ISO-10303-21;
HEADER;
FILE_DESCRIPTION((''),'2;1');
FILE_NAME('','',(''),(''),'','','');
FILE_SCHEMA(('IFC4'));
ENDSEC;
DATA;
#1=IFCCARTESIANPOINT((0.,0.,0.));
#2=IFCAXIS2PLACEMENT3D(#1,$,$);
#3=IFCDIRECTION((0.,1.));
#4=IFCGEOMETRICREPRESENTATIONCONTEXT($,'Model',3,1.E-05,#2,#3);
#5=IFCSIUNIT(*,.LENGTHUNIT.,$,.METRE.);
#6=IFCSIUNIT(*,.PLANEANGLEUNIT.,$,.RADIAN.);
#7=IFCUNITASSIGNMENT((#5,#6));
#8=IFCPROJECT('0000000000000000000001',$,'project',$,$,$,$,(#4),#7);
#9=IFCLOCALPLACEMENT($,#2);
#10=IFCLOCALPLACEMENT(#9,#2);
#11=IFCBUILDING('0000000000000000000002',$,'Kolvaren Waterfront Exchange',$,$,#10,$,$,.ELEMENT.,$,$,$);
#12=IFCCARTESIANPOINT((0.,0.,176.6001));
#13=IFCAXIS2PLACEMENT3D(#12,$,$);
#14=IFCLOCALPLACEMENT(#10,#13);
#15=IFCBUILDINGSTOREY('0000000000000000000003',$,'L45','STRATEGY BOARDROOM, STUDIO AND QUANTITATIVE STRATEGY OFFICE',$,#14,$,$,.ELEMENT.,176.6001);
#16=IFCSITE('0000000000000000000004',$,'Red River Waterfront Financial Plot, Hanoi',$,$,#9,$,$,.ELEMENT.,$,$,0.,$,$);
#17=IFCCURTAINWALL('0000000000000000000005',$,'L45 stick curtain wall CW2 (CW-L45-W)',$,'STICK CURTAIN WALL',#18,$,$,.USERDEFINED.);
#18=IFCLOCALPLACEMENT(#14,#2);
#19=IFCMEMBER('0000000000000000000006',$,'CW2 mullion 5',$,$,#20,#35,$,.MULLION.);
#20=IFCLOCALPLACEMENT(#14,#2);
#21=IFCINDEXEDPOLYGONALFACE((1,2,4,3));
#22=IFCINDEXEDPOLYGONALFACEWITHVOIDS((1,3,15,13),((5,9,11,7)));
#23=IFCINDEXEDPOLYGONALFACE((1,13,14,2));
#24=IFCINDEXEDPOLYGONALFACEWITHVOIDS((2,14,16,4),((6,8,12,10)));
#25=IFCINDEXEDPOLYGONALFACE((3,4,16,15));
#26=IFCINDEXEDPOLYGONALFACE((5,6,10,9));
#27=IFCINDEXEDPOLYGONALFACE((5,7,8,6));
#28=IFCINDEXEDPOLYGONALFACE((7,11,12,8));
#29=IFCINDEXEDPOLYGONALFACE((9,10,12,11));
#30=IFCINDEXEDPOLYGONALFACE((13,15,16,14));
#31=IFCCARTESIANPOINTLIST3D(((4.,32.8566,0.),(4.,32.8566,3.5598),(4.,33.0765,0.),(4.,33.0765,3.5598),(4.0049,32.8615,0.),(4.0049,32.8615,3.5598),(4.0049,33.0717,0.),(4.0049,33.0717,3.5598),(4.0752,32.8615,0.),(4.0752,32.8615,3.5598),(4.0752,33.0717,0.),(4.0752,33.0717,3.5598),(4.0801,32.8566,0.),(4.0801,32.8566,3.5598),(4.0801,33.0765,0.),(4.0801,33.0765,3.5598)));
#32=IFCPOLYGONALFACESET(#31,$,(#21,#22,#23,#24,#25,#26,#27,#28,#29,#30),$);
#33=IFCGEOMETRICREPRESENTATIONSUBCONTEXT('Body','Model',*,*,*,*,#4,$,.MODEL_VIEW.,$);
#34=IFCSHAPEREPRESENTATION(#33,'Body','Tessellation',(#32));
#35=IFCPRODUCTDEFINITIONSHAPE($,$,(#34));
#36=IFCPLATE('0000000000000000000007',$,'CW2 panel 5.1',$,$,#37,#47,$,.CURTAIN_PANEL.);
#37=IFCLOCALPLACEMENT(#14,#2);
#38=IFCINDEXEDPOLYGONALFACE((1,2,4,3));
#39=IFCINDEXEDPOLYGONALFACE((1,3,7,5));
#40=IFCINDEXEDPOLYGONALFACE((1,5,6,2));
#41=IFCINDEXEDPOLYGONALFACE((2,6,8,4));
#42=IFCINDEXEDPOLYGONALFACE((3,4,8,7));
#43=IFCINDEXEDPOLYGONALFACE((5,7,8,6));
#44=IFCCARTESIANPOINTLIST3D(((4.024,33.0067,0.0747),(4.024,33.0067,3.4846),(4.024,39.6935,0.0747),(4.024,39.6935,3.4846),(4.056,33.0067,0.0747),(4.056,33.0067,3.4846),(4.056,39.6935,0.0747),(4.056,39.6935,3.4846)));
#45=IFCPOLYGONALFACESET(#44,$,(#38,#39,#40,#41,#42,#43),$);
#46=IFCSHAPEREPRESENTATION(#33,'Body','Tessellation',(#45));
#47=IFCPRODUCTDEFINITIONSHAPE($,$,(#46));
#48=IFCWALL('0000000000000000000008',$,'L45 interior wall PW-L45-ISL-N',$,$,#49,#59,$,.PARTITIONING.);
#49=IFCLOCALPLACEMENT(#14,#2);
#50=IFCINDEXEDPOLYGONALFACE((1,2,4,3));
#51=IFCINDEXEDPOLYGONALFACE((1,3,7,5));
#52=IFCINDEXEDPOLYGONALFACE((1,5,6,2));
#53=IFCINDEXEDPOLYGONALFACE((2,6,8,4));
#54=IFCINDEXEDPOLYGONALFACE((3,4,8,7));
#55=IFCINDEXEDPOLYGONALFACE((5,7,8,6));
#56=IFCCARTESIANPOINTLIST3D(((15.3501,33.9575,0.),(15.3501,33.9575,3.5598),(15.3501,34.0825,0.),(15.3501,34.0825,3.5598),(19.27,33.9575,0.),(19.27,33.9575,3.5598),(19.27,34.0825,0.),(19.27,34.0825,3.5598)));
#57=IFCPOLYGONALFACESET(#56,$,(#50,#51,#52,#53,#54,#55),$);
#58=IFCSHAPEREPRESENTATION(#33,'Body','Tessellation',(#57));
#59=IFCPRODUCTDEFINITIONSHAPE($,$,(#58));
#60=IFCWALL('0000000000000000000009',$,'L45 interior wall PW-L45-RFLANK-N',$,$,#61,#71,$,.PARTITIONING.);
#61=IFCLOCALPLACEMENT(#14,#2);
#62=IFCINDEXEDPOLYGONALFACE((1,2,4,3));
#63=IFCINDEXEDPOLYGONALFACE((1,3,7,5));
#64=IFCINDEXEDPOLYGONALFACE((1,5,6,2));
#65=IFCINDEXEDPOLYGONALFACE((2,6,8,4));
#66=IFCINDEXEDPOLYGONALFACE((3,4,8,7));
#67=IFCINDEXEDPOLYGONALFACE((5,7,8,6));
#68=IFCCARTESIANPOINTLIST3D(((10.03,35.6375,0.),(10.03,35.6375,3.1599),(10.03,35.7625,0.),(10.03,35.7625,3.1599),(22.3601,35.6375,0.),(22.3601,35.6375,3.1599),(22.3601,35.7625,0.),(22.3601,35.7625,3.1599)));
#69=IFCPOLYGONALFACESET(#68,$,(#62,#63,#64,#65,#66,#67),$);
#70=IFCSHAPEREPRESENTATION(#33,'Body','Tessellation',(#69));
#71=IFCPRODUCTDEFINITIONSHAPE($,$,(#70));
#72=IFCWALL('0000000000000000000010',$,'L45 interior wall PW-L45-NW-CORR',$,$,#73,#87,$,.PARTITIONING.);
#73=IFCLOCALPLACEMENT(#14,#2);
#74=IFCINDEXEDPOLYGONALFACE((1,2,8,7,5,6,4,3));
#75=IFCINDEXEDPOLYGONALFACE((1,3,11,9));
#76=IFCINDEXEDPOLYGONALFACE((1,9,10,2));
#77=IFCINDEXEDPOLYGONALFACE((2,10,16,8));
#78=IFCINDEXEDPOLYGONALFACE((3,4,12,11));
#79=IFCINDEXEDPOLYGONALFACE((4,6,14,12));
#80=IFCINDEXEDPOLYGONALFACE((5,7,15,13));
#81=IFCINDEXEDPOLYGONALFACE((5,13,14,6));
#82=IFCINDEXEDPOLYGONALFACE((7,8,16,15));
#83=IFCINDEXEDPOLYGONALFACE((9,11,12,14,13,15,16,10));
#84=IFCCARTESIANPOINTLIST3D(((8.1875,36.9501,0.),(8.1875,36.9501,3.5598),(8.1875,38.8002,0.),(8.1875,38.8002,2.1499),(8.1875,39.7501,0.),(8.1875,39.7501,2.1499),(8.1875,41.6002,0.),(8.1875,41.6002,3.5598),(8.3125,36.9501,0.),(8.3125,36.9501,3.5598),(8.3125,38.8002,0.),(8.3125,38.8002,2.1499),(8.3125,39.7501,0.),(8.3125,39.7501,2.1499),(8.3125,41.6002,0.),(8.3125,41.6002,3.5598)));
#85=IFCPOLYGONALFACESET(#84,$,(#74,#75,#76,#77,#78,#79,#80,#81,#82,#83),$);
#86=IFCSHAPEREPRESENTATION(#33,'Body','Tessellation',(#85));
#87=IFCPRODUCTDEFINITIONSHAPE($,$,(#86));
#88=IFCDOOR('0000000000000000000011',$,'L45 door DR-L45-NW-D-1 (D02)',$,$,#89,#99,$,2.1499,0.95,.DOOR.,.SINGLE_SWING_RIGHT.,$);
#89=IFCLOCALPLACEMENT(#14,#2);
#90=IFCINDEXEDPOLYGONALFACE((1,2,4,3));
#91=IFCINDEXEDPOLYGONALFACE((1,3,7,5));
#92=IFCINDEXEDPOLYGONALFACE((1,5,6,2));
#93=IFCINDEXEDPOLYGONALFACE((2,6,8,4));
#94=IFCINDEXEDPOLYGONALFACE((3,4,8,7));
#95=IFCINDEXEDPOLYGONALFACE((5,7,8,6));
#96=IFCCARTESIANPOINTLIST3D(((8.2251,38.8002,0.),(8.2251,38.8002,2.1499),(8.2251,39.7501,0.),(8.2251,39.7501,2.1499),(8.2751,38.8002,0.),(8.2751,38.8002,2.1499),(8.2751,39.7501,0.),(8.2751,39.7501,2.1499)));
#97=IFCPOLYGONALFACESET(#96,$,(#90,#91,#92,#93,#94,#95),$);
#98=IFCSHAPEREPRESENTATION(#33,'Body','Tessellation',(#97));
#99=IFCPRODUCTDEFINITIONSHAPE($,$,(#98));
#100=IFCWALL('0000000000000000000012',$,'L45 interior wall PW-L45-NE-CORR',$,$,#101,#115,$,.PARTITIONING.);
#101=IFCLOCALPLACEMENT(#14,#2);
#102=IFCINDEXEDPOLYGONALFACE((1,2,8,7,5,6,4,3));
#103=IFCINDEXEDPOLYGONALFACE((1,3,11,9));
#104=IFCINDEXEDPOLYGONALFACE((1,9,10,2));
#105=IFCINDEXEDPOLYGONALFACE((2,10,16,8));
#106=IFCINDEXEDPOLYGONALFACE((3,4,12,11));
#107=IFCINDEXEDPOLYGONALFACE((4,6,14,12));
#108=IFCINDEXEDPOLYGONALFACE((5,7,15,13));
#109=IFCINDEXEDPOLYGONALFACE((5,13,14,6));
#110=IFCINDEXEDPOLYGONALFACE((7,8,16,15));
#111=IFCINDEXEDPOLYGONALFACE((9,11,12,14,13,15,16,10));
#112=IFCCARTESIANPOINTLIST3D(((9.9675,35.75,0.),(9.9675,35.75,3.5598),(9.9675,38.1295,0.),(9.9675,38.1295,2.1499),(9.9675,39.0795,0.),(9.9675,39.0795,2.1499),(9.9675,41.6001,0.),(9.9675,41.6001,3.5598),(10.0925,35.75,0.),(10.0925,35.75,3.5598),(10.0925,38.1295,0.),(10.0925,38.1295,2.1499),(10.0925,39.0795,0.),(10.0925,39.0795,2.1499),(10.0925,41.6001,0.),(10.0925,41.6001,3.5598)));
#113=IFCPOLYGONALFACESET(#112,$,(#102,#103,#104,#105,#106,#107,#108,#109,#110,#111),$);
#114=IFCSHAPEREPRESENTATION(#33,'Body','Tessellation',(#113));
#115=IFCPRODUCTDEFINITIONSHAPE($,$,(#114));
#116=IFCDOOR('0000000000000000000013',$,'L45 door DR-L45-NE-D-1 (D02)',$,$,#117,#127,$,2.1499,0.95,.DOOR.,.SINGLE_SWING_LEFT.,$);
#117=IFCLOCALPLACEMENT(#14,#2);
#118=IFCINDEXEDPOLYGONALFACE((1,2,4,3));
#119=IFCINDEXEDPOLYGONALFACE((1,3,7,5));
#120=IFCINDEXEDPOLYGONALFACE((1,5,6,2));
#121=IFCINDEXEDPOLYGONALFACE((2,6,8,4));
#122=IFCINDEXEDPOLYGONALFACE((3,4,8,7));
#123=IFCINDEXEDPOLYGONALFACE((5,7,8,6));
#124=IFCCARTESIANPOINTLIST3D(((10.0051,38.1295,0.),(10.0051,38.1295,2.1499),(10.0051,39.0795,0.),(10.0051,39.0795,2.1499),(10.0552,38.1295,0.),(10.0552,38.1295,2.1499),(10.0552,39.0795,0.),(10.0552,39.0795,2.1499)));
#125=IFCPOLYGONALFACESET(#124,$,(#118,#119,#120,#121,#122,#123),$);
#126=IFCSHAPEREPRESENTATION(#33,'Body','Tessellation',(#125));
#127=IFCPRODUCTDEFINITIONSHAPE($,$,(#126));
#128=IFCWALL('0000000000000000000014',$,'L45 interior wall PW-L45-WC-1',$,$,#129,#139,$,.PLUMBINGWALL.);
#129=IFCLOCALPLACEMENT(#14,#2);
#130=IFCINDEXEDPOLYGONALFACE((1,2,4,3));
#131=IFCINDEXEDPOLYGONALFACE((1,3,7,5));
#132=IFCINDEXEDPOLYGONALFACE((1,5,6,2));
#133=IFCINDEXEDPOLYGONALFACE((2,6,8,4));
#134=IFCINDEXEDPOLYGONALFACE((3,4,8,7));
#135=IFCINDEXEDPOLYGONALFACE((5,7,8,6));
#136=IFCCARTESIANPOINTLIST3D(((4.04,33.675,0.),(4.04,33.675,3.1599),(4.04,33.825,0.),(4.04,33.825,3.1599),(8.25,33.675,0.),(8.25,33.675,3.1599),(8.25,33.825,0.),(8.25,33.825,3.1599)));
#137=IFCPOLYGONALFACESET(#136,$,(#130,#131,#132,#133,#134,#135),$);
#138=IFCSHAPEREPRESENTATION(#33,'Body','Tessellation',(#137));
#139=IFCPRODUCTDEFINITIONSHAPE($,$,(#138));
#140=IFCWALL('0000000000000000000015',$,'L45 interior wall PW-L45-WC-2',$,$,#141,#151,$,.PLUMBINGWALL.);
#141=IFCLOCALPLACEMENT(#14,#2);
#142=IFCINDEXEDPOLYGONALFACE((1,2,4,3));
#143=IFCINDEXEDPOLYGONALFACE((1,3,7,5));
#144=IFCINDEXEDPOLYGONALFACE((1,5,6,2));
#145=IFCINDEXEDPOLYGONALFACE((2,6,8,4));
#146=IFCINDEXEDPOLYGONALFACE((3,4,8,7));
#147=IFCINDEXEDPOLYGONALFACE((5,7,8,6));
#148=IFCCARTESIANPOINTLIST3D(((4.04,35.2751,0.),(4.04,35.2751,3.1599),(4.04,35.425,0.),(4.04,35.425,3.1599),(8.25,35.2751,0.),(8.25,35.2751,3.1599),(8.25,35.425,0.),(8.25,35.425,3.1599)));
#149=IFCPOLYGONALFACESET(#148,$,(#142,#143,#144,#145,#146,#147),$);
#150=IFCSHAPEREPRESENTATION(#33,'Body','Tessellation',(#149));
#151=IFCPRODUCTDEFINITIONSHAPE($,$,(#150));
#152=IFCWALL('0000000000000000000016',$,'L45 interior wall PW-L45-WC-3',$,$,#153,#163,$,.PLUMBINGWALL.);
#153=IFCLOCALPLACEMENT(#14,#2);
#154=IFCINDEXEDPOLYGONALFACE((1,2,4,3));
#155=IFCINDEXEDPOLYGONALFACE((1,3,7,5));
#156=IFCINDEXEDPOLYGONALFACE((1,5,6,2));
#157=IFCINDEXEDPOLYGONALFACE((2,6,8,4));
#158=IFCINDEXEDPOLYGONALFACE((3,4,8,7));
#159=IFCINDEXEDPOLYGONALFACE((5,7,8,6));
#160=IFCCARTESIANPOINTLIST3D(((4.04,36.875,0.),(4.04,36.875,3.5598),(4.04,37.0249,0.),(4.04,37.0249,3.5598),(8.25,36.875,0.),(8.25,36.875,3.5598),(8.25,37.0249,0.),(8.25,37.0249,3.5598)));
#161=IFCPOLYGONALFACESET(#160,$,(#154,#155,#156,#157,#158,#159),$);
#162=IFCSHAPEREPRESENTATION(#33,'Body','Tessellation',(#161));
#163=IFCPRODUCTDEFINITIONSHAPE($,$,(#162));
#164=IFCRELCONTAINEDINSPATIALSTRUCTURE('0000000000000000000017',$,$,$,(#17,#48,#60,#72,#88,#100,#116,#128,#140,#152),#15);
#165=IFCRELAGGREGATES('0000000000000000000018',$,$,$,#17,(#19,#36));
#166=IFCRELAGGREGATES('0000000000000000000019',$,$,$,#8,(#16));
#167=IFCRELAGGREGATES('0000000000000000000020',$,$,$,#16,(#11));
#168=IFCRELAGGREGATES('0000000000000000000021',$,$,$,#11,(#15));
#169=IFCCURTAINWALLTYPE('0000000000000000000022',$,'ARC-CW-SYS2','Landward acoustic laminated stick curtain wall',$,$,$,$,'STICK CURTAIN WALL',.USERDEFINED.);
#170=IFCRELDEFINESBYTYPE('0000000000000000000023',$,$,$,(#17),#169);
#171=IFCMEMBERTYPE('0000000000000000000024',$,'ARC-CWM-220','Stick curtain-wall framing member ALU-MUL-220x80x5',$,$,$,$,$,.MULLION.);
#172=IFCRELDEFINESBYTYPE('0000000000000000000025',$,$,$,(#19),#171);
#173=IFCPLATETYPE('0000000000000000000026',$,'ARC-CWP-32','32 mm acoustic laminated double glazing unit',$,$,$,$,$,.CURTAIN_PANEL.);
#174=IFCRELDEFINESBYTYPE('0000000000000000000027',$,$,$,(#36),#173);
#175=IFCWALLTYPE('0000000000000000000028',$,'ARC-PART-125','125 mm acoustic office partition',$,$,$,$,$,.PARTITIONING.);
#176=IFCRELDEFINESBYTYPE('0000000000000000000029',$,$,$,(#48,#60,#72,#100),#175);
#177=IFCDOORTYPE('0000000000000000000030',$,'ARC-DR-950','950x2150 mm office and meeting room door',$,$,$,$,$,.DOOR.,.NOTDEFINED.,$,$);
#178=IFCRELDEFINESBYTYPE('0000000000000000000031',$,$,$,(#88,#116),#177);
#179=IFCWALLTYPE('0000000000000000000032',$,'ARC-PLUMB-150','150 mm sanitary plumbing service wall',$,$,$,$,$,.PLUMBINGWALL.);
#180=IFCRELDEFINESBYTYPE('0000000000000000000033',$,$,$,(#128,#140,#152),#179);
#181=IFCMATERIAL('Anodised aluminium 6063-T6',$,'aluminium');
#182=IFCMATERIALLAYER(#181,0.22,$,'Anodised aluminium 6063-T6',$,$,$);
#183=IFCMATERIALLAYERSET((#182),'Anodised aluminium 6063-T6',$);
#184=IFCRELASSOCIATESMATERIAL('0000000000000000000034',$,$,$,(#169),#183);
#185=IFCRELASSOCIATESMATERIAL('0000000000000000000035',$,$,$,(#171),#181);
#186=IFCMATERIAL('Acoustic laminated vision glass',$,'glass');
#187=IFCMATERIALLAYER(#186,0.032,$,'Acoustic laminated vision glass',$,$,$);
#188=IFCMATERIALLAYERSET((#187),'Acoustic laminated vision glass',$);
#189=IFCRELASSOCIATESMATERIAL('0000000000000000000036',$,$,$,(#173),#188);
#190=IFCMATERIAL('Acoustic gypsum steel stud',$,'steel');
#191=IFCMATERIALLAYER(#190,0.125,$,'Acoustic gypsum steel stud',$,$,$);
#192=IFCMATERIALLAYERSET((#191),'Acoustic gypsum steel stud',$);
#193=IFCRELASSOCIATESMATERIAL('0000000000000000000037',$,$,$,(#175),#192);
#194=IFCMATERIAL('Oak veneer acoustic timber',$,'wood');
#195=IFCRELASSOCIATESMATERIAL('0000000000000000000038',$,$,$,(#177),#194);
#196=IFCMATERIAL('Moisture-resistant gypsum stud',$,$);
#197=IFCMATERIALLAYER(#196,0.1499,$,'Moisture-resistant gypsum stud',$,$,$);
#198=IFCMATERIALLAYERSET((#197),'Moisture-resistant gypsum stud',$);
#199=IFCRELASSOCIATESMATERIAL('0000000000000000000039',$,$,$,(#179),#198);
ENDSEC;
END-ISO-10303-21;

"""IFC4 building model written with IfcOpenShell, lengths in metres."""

from ifc_helpers import new_model, si_unit, direction, frame, frame_2d, origin, origin_with_axes, origin_2d, place, context, subcontext, project, spatial, rectangle, hollow_rectangle, extrude, source, transform, mapped, material, layer, layer_set, material_profile, profile_set, type_object, element, fill, aggregate, save


model = new_model("IFC4")

# Units and contexts
model_context = context("Model", 3, precision=1e-05, world=origin(), true_north=direction((0.0, 1.0)))
body_context = subcontext(model_context, "Body", "Model", "MODEL_VIEW")
ifc_project = project(units=[si_unit("LENGTHUNIT", "METRE"), si_unit("PLANEANGLEUNIT", "RADIAN")], contexts=[model_context])

# Site, building, storey
site_placement = place(None, origin())
site = spatial("IfcSite", under=ifc_project, at=site_placement, Name="Red River Waterfront Financial Plot, Hanoi", CompositionType="ELEMENT", RefElevation=0.0)
building_placement = place(site_placement, origin())
building = spatial("IfcBuilding", under=site, at=building_placement, Name="Kolvaren Waterfront Exchange", CompositionType="ELEMENT")
storey_placement = place(building_placement, frame((0.0, 0.0, 176.6001)))
storey = spatial("IfcBuildingStorey", under=building, at=storey_placement, Name="L45", Description="STRATEGY BOARDROOM, STUDIO AND QUANTITATIVE STRATEGY OFFICE", CompositionType="ELEMENT", Elevation=176.6001)

# Curtain wall, member, plate
ifc_material_1 = material(Name="Anodised aluminium 6063-T6", Category="aluminium")
ifc_layer_1 = layer(ifc_material_1, 0.22, Name="Anodised aluminium 6063-T6")
ifc_layer_set_1 = layer_set([ifc_layer_1], Name="Anodised aluminium 6063-T6")
curtain_wall_type = type_object("IfcCurtainWallType", Name="ARC-CW-SYS2", Description="Landward acoustic laminated stick curtain wall", ElementType="STICK CURTAIN WALL", PredefinedType="USERDEFINED", material=ifc_layer_set_1)
curtain_wall_placement = place(storey_placement, origin())
curtain_wall = element("IfcCurtainWall", 1, at=curtain_wall_placement, inside=storey, type_object=curtain_wall_type, Name="L45 stick curtain wall CW2 (CW-L45-W)", ObjectType="STICK CURTAIN WALL", PredefinedType="USERDEFINED")
ifc_material_profile_1 = material_profile(ifc_material_1, hollow_rectangle(XDim=0.0801, YDim=0.22, WallThickness=0.0049, at=origin_2d()), Name="ALU-MUL-220x80x5")
ifc_profile_set_1 = profile_set([ifc_material_profile_1], Name="Anodised aluminium 6063-T6")
member_type_1 = type_object("IfcMemberType", Name="ARC-CWM-220", Description="Stick curtain-wall framing member ALU-MUL-220x80x5", PredefinedType="MULLION", material=ifc_profile_set_1)
shared_shape_1 = source(origin_with_axes(), body_context, "Body", "SweptSolid", [
    extrude(hollow_rectangle(XDim=0.0801, YDim=0.22, WallThickness=0.0049, at=origin_2d()), origin(), (0.0, 0.0, 1.0), 3.5598),
])
member_1_placement = place(storey_placement, frame((4.04, 32.9666, 0.0), z_axis=(0.0, 0.0, 1.0), x_axis=(-1.0, 0.0, 0.0)))
member_1 = element("IfcMember", 2, at=member_1_placement, type_object=member_type_1, Name="CW2 mullion 5", PredefinedType="MULLION", context=body_context, shape_type="MappedRepresentation", body=[
    mapped(shared_shape_1, transform((0.0, 0.0, 0.0), x_axis=(1.0, 0.0, 0.0), y_axis=(0.0, 1.0, 0.0), z_axis=(0.0, 0.0, 1.0), scale=1.0)),
])
ifc_material_2 = material(Name="Acoustic laminated vision glass", Category="glass")
ifc_layer_2 = layer(ifc_material_2, 0.032, Name="Acoustic laminated vision glass")
ifc_layer_set_2 = layer_set([ifc_layer_2], Name="Acoustic laminated vision glass")
plate_type = type_object("IfcPlateType", Name="ARC-CWP-32", Description="32 mm acoustic laminated double glazing unit", PredefinedType="CURTAIN_PANEL", material=ifc_layer_set_2)
shared_shape_2 = source(origin_with_axes(), body_context, "Body", "SweptSolid", [
    extrude(rectangle(XDim=6.6868, YDim=0.032, at=origin_2d()), origin(), (0.0, 0.0, 1.0), 3.4099),
])
plate_placement = place(storey_placement, frame((4.04, 36.3501, 0.0747), z_axis=(0.0, 0.0, 1.0), x_axis=(0.0, 1.0, 0.0)))
plate = element("IfcPlate", 3, at=plate_placement, type_object=plate_type, Name="CW2 panel 5.1", PredefinedType="CURTAIN_PANEL", context=body_context, shape_type="MappedRepresentation", body=[
    mapped(shared_shape_2, transform((0.0, 0.0, 0.0), x_axis=(1.0, 0.0, 0.0), y_axis=(0.0, 1.0, 0.0), z_axis=(0.0, 0.0, 1.0), scale=1.0)),
])
aggregate(curtain_wall, [member_1, plate])

# Walls
ifc_material_3 = material(Name="Acoustic gypsum steel stud", Category="steel")
ifc_layer_3 = layer(ifc_material_3, 0.125, Name="Acoustic gypsum steel stud")
ifc_layer_set_3 = layer_set([ifc_layer_3], Name="Acoustic gypsum steel stud")
wall_type_1 = type_object("IfcWallType", Name="ARC-PART-125", Description="125 mm acoustic office partition", PredefinedType="PARTITIONING", material=ifc_layer_set_3)
wall_1_placement = place(storey_placement, frame((15.3501, 34.02, 0.0), z_axis=(0.0, 0.0, 1.0), x_axis=(1.0, 0.0, 0.0)))
element("IfcWall", 4, at=wall_1_placement, inside=storey, type_object=wall_type_1, Name="L45 interior wall PW-L45-ISL-N", PredefinedType="PARTITIONING", context=body_context, shape_type="SweptSolid", body=[
    extrude(rectangle(XDim=3.9199, YDim=0.125, at=frame_2d((1.96, 0.0))), origin(), (0.0, 0.0, 1.0), 3.5598),
])
wall_2_placement = place(storey_placement, frame((10.03, 35.7, 0.0), z_axis=(0.0, 0.0, 1.0), x_axis=(1.0, 0.0, 0.0)))
element("IfcWall", 5, at=wall_2_placement, inside=storey, type_object=wall_type_1, Name="L45 interior wall PW-L45-RFLANK-N", PredefinedType="PARTITIONING", context=body_context, shape_type="SweptSolid", body=[
    extrude(rectangle(XDim=12.3301, YDim=0.125, at=frame_2d((6.165, 0.0))), origin(), (0.0, 0.0, 1.0), 3.1599),
])

# Walls, openings, doors
wall_3_placement = place(storey_placement, frame((8.25, 36.95, 0.0), z_axis=(0.0, 0.0, 1.0), x_axis=(0.0, 1.0, 0.0)))
wall_3 = element("IfcWall", 6, at=wall_3_placement, inside=storey, type_object=wall_type_1, Name="L45 interior wall PW-L45-NW-CORR", PredefinedType="PARTITIONING", context=body_context, shape_type="SweptSolid", body=[
    extrude(rectangle(XDim=4.6501, YDim=0.125, at=frame_2d((2.3252, 0.0))), origin(), (0.0, 0.0, 1.0), 3.5598),
])
opening_1_placement = place(wall_3_placement, frame((1.8501, 0.0, 0.0)))
opening_1 = element("IfcOpeningElement", 7, at=opening_1_placement, cuts=wall_3, PredefinedType="OPENING", context=body_context, shape_type="SweptSolid", body=[
    extrude(rectangle(XDim=0.95, YDim=2.1499, at=frame_2d((0.4751, 1.075))), frame((0.0, 0.0725, 0.0), z_axis=(0.0, -1.0, 0.0), x_axis=(1.0, 0.0, 0.0)), (0.0, 0.0, 1.0), 0.145),
])
ifc_material_4 = material(Name="Oak veneer acoustic timber", Category="wood")
door_type_1 = type_object("IfcDoorType", Name="ARC-DR-950", Description="950x2150 mm office and meeting room door", OperationType="NOTDEFINED", PredefinedType="DOOR", material=ifc_material_4)
door_1_placement = place(opening_1_placement, origin())
door_1 = element("IfcDoor", 8, at=door_1_placement, inside=storey, type_object=door_type_1, Name="L45 door DR-L45-NW-D-1 (D02)", OperationType="SINGLE_SWING_RIGHT", OverallHeight=2.1499, OverallWidth=0.95, PredefinedType="DOOR", context=body_context, shape_type="SweptSolid", body=[
    extrude(rectangle(XDim=0.95, YDim=2.1499, at=frame_2d((0.4751, 1.075))), frame((0.0, 0.0249, 0.0), z_axis=(0.0, -1.0, 0.0), x_axis=(1.0, 0.0, 0.0)), (0.0, 0.0, 1.0), 0.05),
])
fill(opening_1, door_1)
wall_4_placement = place(storey_placement, frame((10.03, 35.75, 0.0), z_axis=(0.0, 0.0, 1.0), x_axis=(0.0, 1.0, 0.0)))
wall_4 = element("IfcWall", 9, at=wall_4_placement, inside=storey, type_object=wall_type_1, Name="L45 interior wall PW-L45-NE-CORR", PredefinedType="PARTITIONING", context=body_context, shape_type="SweptSolid", body=[
    extrude(rectangle(XDim=5.8501, YDim=0.125, at=frame_2d((2.925, 0.0))), origin(), (0.0, 0.0, 1.0), 3.5598),
])
opening_2_placement = place(wall_4_placement, frame((2.3794, 0.0, 0.0)))
opening_2 = element("IfcOpeningElement", 10, at=opening_2_placement, cuts=wall_4, PredefinedType="OPENING", context=body_context, shape_type="SweptSolid", body=[
    extrude(rectangle(XDim=0.95, YDim=2.1499, at=frame_2d((0.4751, 1.075))), frame((0.0, 0.0725, 0.0), z_axis=(0.0, -1.0, 0.0), x_axis=(1.0, 0.0, 0.0)), (0.0, 0.0, 1.0), 0.145),
])
door_2_placement = place(opening_2_placement, origin())
door_2 = element("IfcDoor", 11, at=door_2_placement, inside=storey, type_object=door_type_1, Name="L45 door DR-L45-NE-D-1 (D02)", OperationType="SINGLE_SWING_LEFT", OverallHeight=2.1499, OverallWidth=0.95, PredefinedType="DOOR", context=body_context, shape_type="SweptSolid", body=[
    extrude(rectangle(XDim=0.95, YDim=2.1499, at=frame_2d((0.4751, 1.075))), frame((0.0, 0.0249, 0.0), z_axis=(0.0, -1.0, 0.0), x_axis=(1.0, 0.0, 0.0)), (0.0, 0.0, 1.0), 0.05),
])
fill(opening_2, door_2)

# Shared definitions
ifc_material_5 = material(Name="Moisture-resistant gypsum stud")
ifc_layer_4 = layer(ifc_material_5, 0.1499, Name="Moisture-resistant gypsum stud")
ifc_layer_set_4 = layer_set([ifc_layer_4], Name="Moisture-resistant gypsum stud")
wall_type_2 = type_object("IfcWallType", Name="ARC-PLUMB-150", Description="150 mm sanitary plumbing service wall", PredefinedType="PLUMBINGWALL", material=ifc_layer_set_4)

# Walls
for number, where, z_axis, x_axis, name in (
    (12, (4.04, 33.75, 0.0), (0.0, 0.0, 1.0), (1.0, 0.0, 0.0), "L45 interior wall PW-L45-WC-1"),
    (13, (4.04, 35.3501, 0.0), (0.0, 0.0, 1.0), (1.0, 0.0, 0.0), "L45 interior wall PW-L45-WC-2"),
):
    element("IfcWall", number, at=place(storey_placement, frame(where, z_axis=z_axis, x_axis=x_axis)), inside=storey, type_object=wall_type_2, Name=name, PredefinedType="PLUMBINGWALL", context=body_context, shape_type="SweptSolid", body=[
        extrude(rectangle(XDim=4.21, YDim=0.1499, at=frame_2d((2.105, 0.0))), origin(), (0.0, 0.0, 1.0), 3.1599),
    ])
wall_5_placement = place(storey_placement, frame((4.04, 36.95, 0.0), z_axis=(0.0, 0.0, 1.0), x_axis=(1.0, 0.0, 0.0)))
element("IfcWall", 14, at=wall_5_placement, inside=storey, type_object=wall_type_2, Name="L45 interior wall PW-L45-WC-3", PredefinedType="PLUMBINGWALL", context=body_context, shape_type="SweptSolid", body=[
    extrude(rectangle(XDim=4.21, YDim=0.1499, at=frame_2d((2.105, 0.0))), origin(), (0.0, 0.0, 1.0), 3.5598),
])

save(model, "model.ifc")
